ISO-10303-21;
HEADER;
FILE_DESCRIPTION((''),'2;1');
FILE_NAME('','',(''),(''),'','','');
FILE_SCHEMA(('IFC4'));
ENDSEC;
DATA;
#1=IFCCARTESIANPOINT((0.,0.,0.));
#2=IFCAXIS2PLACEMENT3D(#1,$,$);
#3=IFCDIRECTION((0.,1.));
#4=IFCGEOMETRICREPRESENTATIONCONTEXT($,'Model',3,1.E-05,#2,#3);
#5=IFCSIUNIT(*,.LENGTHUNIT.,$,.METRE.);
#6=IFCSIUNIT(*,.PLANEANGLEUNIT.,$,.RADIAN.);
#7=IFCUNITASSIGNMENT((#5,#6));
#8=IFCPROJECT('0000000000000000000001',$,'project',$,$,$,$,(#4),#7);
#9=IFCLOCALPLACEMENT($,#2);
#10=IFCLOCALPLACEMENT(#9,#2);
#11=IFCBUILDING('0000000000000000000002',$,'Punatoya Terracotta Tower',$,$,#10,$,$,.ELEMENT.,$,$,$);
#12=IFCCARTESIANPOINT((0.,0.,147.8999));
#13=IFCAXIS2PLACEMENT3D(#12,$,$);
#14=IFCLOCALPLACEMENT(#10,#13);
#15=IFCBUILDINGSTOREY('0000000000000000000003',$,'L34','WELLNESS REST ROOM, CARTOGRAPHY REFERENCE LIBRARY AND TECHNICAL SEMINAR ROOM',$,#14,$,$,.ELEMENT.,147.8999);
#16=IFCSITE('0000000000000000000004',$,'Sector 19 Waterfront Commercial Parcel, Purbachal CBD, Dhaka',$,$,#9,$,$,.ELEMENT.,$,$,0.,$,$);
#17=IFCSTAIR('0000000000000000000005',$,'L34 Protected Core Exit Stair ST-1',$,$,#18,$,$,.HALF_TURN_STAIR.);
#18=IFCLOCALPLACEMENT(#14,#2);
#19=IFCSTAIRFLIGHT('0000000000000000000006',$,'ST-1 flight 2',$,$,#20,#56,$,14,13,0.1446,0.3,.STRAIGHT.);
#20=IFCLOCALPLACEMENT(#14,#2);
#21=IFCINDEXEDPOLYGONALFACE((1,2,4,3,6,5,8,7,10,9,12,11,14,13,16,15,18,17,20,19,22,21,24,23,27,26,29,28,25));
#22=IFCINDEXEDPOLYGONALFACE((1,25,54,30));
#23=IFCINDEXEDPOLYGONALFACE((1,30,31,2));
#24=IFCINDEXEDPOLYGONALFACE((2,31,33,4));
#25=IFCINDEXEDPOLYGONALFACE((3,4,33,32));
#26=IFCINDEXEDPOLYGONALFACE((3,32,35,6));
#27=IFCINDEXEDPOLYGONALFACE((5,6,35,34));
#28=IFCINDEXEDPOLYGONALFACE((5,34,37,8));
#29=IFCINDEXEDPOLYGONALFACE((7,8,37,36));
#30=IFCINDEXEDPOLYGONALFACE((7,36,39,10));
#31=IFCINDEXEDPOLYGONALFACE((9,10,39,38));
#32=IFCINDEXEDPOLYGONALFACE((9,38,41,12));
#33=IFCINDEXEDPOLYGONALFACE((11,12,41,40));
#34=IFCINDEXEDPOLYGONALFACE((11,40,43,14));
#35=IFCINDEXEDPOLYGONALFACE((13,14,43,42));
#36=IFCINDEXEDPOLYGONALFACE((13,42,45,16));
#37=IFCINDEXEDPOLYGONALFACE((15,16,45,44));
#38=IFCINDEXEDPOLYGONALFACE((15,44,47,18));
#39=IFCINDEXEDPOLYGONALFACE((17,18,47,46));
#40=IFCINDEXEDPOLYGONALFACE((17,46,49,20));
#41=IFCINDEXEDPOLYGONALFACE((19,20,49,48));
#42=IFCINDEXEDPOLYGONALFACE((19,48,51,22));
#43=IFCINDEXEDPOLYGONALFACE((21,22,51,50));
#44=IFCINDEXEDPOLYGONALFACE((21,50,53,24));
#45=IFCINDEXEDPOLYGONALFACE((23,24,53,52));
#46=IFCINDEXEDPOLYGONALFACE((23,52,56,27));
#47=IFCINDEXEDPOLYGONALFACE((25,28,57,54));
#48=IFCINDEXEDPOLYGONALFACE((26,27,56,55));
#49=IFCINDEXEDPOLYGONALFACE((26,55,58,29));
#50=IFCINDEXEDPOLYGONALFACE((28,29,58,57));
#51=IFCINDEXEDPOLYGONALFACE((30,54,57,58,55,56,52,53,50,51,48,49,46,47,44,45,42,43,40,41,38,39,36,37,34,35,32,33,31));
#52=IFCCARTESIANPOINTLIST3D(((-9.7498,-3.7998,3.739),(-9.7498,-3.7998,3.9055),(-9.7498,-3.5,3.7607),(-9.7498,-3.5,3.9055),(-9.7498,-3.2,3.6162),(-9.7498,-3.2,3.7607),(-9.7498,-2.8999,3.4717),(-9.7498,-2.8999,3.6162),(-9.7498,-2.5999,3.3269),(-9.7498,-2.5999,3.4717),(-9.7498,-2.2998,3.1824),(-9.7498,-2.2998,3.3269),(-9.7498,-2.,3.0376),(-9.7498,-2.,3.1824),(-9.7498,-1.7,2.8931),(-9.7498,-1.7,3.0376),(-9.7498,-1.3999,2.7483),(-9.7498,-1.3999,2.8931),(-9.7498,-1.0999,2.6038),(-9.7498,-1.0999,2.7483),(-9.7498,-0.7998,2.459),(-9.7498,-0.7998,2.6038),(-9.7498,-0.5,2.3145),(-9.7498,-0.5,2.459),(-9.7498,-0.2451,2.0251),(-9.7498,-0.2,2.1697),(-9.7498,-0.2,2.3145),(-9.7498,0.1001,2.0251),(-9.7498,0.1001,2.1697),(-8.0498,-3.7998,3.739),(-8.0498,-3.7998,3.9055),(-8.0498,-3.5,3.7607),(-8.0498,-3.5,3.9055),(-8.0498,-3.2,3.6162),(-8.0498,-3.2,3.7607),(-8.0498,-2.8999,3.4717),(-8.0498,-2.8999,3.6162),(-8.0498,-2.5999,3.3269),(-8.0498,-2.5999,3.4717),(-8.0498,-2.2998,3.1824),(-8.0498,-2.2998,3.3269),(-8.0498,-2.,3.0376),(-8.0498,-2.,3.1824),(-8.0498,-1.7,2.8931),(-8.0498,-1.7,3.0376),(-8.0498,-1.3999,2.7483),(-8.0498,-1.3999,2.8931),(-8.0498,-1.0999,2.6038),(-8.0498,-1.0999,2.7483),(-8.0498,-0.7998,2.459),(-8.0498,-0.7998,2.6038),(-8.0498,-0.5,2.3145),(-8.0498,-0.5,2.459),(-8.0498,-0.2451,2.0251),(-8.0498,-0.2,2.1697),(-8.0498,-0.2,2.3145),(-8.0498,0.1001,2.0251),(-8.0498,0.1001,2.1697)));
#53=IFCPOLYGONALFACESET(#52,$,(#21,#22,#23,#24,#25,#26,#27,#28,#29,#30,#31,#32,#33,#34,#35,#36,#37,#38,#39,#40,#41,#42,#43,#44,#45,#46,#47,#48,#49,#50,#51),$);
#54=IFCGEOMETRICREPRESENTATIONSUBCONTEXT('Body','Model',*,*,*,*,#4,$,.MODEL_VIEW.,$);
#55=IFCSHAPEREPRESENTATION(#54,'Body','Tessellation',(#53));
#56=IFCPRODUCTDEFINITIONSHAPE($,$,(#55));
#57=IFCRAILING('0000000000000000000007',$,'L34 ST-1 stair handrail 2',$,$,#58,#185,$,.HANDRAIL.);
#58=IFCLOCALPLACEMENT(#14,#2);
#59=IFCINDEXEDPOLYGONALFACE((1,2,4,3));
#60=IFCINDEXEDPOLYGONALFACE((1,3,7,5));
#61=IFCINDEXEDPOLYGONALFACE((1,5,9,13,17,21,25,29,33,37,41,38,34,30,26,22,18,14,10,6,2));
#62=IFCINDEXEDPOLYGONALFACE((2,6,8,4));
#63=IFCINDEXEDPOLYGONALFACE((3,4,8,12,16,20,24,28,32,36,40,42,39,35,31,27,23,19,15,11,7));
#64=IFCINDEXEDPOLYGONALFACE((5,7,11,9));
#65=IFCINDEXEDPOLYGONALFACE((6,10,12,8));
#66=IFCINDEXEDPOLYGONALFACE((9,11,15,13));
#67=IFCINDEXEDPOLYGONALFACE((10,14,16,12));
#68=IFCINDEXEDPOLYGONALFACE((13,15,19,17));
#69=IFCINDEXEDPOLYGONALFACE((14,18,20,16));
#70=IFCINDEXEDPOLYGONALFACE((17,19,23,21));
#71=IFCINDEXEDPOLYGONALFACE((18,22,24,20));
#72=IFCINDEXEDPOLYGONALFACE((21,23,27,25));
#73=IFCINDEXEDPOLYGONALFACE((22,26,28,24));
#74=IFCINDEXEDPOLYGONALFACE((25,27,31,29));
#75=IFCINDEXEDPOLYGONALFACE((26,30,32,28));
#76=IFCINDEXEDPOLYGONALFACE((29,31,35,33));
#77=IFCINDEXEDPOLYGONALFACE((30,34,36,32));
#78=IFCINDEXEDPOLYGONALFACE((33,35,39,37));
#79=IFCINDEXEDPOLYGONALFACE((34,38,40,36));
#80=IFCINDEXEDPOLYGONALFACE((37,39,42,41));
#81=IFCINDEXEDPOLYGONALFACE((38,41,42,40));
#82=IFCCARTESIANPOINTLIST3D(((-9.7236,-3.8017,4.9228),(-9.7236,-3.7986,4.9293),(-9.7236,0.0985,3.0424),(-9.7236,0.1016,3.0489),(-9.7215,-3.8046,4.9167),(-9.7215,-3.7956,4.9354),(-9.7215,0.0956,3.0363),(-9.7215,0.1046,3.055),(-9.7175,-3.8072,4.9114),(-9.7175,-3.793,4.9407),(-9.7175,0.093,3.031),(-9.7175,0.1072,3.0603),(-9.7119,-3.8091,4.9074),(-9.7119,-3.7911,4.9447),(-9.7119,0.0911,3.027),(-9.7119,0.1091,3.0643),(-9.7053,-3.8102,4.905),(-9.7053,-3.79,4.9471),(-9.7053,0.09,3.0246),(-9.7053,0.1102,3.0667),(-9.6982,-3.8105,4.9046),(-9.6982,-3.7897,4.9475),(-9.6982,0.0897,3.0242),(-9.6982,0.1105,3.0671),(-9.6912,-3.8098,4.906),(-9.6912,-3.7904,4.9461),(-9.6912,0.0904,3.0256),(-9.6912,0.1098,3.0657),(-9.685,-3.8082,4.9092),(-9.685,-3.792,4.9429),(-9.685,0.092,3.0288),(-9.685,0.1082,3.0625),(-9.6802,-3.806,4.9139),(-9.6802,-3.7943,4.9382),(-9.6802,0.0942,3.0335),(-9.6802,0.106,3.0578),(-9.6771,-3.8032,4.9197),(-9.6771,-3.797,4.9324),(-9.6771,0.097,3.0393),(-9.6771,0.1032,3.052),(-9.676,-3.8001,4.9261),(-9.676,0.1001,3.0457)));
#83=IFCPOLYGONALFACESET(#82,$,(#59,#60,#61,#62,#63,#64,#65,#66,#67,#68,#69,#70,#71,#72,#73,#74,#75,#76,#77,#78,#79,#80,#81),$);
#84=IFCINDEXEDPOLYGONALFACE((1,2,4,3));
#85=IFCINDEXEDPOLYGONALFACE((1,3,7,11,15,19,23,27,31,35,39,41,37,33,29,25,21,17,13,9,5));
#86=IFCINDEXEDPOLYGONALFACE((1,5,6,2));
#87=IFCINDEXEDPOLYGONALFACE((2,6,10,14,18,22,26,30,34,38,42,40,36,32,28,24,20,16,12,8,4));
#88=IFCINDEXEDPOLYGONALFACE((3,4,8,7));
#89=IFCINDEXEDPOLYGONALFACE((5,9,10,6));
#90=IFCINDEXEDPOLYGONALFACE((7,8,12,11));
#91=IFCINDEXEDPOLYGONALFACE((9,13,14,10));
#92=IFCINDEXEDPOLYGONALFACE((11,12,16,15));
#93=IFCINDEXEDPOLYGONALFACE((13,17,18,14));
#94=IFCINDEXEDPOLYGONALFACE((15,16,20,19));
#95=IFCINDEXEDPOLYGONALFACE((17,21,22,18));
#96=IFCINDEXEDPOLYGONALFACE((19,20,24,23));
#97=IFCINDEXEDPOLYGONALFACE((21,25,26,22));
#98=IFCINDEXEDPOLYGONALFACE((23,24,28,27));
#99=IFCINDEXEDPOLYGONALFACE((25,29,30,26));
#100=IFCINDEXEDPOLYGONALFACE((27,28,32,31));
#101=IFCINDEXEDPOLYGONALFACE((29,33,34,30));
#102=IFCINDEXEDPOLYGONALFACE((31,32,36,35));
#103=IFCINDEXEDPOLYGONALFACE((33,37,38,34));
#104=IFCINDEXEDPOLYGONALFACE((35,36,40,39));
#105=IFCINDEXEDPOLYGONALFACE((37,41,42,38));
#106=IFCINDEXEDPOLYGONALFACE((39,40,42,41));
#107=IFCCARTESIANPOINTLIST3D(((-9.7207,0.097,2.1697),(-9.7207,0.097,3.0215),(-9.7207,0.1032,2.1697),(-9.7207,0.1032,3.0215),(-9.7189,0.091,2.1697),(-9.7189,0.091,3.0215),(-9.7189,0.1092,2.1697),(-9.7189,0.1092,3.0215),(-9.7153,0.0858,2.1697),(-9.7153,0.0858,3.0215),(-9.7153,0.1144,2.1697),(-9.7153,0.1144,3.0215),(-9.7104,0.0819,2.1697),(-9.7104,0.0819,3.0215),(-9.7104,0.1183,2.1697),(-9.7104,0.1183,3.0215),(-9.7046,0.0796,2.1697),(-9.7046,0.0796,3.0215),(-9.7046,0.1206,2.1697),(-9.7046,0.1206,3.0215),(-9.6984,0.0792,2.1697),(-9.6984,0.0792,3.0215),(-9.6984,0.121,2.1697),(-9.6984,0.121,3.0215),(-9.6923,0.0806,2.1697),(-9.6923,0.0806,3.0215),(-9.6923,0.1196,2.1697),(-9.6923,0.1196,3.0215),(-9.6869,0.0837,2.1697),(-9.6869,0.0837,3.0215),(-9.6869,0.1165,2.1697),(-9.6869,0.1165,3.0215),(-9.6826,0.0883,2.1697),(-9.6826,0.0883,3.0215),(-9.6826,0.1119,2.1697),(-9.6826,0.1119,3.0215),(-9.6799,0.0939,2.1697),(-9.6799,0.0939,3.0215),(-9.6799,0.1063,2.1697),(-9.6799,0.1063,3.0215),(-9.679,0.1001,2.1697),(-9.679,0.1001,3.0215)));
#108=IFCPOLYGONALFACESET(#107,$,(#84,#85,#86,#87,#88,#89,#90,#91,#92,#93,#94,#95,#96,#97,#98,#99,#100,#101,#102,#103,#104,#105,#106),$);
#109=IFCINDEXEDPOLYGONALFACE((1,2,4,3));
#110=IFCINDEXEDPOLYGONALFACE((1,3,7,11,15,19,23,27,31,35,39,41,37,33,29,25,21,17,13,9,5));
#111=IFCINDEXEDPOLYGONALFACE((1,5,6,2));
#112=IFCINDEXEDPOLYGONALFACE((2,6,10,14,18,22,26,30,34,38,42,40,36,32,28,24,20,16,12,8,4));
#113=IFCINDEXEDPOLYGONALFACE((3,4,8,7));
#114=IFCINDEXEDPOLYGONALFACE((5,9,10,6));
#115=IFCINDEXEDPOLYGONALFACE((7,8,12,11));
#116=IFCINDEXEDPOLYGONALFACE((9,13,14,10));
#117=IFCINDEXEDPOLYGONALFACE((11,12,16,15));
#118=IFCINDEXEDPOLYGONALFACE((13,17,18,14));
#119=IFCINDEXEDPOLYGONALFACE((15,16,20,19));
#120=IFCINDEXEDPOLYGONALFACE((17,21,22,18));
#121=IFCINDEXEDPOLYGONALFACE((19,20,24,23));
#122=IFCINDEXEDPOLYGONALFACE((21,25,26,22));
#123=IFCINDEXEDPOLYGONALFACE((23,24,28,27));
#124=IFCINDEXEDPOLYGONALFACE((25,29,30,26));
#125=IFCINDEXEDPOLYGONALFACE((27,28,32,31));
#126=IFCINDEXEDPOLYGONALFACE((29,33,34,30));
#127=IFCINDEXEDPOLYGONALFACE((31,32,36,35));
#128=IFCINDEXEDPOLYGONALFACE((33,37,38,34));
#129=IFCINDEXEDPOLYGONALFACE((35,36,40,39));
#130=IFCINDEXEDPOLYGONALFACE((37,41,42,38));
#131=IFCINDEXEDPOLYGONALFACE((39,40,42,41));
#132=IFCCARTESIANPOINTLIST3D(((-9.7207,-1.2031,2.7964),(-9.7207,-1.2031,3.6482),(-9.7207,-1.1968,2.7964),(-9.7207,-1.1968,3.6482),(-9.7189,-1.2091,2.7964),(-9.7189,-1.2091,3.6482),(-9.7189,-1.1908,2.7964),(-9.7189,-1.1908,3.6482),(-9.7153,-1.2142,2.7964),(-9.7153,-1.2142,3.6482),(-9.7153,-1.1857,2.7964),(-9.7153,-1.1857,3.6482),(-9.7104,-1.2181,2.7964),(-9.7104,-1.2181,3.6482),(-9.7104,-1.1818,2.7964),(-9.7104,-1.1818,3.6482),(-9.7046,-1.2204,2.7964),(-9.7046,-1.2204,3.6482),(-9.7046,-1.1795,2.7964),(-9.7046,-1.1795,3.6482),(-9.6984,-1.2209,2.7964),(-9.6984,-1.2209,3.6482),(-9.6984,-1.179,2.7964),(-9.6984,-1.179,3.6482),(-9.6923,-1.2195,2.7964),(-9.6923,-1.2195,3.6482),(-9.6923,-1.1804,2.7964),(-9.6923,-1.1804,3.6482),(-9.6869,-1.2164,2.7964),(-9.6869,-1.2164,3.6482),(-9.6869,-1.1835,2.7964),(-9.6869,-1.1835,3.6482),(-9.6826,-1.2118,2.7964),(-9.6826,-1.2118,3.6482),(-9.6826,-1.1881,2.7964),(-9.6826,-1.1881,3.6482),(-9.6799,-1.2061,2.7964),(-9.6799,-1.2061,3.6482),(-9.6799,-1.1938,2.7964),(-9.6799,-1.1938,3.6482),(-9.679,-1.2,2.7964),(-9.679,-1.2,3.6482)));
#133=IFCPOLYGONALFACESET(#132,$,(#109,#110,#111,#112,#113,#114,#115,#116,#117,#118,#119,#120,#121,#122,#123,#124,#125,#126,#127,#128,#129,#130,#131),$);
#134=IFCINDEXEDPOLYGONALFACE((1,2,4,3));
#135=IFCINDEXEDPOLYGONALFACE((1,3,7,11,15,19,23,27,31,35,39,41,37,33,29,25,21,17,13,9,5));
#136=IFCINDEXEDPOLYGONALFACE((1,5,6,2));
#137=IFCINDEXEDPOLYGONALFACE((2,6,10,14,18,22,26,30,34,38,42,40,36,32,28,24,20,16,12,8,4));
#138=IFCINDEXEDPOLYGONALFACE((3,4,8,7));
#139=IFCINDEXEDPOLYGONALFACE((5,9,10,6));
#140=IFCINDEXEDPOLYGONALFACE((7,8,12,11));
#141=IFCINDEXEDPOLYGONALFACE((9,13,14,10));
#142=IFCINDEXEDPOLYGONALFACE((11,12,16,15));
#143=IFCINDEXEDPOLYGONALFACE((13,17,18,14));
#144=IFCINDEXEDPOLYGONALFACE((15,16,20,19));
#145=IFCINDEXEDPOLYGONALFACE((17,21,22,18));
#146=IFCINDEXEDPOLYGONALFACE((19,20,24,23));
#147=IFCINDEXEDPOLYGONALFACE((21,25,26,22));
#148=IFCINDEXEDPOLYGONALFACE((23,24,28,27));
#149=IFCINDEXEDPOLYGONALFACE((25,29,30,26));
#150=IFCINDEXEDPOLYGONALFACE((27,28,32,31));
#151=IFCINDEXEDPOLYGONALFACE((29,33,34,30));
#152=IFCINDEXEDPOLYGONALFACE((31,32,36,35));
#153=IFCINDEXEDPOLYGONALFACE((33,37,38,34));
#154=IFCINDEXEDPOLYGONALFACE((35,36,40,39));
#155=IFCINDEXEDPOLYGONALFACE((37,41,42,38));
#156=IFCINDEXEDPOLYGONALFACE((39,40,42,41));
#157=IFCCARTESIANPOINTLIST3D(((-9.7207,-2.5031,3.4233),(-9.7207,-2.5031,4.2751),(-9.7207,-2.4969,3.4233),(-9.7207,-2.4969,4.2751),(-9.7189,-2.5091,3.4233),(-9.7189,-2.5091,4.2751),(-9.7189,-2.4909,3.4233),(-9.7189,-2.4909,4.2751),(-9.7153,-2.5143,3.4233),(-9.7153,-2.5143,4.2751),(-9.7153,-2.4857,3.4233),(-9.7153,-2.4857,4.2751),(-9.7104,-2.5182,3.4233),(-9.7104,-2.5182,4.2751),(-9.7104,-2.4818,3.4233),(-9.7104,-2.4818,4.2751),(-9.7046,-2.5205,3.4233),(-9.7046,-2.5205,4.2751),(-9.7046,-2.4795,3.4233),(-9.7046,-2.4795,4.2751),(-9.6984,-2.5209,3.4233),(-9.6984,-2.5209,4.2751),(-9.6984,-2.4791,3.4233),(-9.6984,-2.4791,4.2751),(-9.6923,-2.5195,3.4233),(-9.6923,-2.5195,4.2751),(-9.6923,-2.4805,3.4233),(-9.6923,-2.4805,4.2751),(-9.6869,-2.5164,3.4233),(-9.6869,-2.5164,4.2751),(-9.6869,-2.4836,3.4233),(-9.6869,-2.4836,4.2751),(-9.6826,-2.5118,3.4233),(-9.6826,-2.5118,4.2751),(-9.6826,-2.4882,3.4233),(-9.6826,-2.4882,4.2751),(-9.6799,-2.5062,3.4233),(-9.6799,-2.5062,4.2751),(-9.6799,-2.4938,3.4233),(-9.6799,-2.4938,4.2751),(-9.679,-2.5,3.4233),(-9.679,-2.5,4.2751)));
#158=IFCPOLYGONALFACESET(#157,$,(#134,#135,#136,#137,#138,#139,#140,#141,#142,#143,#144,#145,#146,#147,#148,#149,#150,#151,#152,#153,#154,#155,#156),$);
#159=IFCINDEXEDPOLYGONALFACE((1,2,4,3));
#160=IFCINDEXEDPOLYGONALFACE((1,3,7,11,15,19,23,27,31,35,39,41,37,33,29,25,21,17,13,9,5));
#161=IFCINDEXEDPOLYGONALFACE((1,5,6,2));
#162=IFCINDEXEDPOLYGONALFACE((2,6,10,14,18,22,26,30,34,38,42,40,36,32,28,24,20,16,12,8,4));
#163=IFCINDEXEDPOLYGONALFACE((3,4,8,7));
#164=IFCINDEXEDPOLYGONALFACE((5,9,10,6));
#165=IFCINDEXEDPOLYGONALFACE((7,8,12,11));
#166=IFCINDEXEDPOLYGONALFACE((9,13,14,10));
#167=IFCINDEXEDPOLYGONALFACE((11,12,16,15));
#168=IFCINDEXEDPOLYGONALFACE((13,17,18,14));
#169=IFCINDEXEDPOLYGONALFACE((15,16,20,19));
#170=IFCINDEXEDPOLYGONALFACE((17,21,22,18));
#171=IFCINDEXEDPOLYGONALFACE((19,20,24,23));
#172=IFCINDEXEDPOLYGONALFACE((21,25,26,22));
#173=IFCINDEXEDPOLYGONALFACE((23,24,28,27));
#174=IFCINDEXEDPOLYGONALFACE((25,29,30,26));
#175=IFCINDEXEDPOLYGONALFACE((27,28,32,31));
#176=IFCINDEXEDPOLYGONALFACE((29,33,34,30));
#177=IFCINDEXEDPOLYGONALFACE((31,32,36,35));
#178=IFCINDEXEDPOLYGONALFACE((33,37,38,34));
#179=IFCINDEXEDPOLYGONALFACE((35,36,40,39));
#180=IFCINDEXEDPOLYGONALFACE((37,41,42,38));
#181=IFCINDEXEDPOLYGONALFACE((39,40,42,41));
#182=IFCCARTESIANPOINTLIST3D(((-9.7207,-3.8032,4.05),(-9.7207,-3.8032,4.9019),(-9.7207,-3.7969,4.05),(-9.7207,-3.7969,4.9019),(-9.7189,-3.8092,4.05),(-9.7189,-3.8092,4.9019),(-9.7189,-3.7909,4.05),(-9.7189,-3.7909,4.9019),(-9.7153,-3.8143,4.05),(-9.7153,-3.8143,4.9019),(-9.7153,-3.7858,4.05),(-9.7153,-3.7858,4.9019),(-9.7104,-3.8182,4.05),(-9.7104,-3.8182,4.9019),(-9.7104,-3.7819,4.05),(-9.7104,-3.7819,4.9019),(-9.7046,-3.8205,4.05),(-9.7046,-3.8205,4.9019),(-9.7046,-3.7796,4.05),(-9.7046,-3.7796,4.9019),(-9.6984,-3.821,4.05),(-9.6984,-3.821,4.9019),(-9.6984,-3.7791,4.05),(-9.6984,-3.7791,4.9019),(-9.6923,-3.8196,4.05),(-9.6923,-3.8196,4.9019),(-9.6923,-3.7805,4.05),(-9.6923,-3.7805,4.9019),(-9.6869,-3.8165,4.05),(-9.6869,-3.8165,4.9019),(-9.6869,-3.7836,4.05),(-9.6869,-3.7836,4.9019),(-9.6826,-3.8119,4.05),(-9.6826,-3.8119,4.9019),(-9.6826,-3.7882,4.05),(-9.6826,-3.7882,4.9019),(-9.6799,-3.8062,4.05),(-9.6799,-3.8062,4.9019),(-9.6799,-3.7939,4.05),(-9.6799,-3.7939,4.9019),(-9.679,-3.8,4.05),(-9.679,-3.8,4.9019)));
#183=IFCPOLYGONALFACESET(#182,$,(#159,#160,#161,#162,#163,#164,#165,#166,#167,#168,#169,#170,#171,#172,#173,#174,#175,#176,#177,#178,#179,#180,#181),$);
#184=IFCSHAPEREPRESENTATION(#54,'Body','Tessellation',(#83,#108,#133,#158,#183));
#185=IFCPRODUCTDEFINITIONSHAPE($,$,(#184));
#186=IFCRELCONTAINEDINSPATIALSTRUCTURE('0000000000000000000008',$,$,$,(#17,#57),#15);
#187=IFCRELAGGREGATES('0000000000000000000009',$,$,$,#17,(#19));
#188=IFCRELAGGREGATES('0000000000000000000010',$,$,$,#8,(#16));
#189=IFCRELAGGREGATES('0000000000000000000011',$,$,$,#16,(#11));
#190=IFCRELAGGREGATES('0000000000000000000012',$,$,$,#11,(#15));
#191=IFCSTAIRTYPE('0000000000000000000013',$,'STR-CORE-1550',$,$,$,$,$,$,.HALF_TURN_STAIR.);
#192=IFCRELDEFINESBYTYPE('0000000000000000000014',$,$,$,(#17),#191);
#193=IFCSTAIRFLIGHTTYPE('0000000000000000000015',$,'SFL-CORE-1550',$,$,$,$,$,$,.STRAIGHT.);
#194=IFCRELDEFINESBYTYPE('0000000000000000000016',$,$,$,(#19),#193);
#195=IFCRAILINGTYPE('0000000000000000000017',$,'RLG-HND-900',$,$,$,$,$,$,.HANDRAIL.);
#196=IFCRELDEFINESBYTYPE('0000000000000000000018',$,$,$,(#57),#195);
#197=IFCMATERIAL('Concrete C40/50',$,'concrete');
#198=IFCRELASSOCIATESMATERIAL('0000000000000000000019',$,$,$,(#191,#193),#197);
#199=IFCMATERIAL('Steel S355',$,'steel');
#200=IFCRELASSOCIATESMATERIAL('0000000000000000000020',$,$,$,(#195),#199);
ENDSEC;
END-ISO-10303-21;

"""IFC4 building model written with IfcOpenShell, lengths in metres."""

from ifc_helpers import new_model, si_unit, direction, frame, origin, origin_2d, place, context, subcontext, project, spatial, polyline, circle, outline, extrude, material, type_object, element, aggregate, save


model = new_model("IFC4")

# Units and contexts
model_context = context("Model", 3, precision=1e-05, world=origin(), true_north=direction((0.0, 1.0)))
body_context = subcontext(model_context, "Body", "Model", "MODEL_VIEW")
ifc_project = project(units=[si_unit("LENGTHUNIT", "METRE"), si_unit("PLANEANGLEUNIT", "RADIAN")], contexts=[model_context])

# Site, building, storey
site_placement = place(None, origin())
site = spatial("IfcSite", under=ifc_project, at=site_placement, Name="Sector 19 Waterfront Commercial Parcel, Purbachal CBD, Dhaka", CompositionType="ELEMENT", RefElevation=0.0)
building_placement = place(site_placement, origin())
building = spatial("IfcBuilding", under=site, at=building_placement, Name="Punatoya Terracotta Tower", CompositionType="ELEMENT")
storey_placement = place(building_placement, frame((0.0, 0.0, 147.8999)))
storey = spatial("IfcBuildingStorey", under=building, at=storey_placement, Name="L34", Description="WELLNESS REST ROOM, CARTOGRAPHY REFERENCE LIBRARY AND TECHNICAL SEMINAR ROOM", CompositionType="ELEMENT", Elevation=147.8999)

# Shared definitions
ifc_material_1 = material(Name="Steel S355", Category="steel")

# Stair, stair flight
ifc_material_2 = material(Name="Concrete C40/50", Category="concrete")
stair_type = type_object("IfcStairType", Name="STR-CORE-1550", PredefinedType="HALF_TURN_STAIR", material=ifc_material_2)
stair_placement = place(storey_placement, origin())
stair = element("IfcStair", 1, at=stair_placement, inside=storey, type_object=stair_type, Name="L34 Protected Core Exit Stair ST-1", PredefinedType="HALF_TURN_STAIR")
stair_flight_type = type_object("IfcStairFlightType", Name="SFL-CORE-1550", PredefinedType="STRAIGHT", material=ifc_material_2)
stair_flight_placement = place(storey_placement, frame((-8.8999, 0.1001, 2.0251), z_axis=(0.0, 0.0, 1.0), x_axis=(0.0, -1.0, 0.0)))
stair_flight = element("IfcStairFlight", 2, at=stair_flight_placement, type_object=stair_flight_type, Name="ST-1 flight 2", NumberOfRisers=14, NumberOfTreads=13, PredefinedType="STRAIGHT", RiserHeight=0.1446, TreadLength=0.3, context=body_context, shape_type="SweptSolid", body=[
    extrude(outline(polyline([(0.0, 0.0), (0.0, 0.1445), (0.3, 0.1445), (0.3, 0.2893), (0.6001, 0.2893), (0.6001, 0.4338), (0.8999, 0.4338), (0.8999, 0.5786), (1.2, 0.5786), (1.2, 0.7231), (1.5, 0.7231), (1.5, 0.8679), (1.8, 0.8679), (1.8, 1.0125), (2.1001, 1.0125), (2.1001, 1.1572), (2.3999, 1.1572), (2.3999, 1.3018), (2.7, 1.3018), (2.7, 1.4465), (3.0, 1.4465), (3.0, 1.5911), (3.3, 1.5911), (3.3, 1.7356), (3.6001, 1.7356), (3.6001, 1.8804), (3.8999, 1.8804), (3.8999, 2.0249), (3.8999, 1.7139), (0.3452, 0.0), (0.0, 0.0)])), frame((0.0, 0.8501, 0.0), z_axis=(0.0, -1.0, 0.0), x_axis=(1.0, 0.0, 0.0)), (0.0, 0.0, 1.0), 1.7),
])
aggregate(stair, [stair_flight])

# Railing
railing_type = type_object("IfcRailingType", Name="RLG-HND-900", PredefinedType="HANDRAIL", material=ifc_material_1)
railing_placement = place(storey_placement, frame((-9.7, 0.1001, 2.1697)))
element("IfcRailing", 3, at=railing_placement, inside=storey, type_object=railing_type, Name="L34 ST-1 stair handrail 2", PredefinedType="HANDRAIL", context=body_context, shape_type="SweptSolid", body=[
    extrude(circle(Radius=0.0239, at=origin_2d()), frame((0.0, 0.0, 0.876), z_axis=(0.0, -0.900774, 0.434289), x_axis=(1.0, 0.0, 0.0)), (0.0, 0.0, 1.0), 4.3298),
    extrude(circle(Radius=0.021, at=origin_2d()), origin(), (0.0, 0.0, 1.0), 0.8518),
    extrude(circle(Radius=0.021, at=origin_2d()), frame((0.0, -1.3, 0.6267)), (0.0, 0.0, 1.0), 0.8518),
    extrude(circle(Radius=0.021, at=origin_2d()), frame((0.0, -2.6001, 1.2537)), (0.0, 0.0, 1.0), 0.8518),
    extrude(circle(Radius=0.021, at=origin_2d()), frame((0.0, -3.9001, 1.8804)), (0.0, 0.0, 1.0), 0.8518),
])

save(model, "model.ifc")
